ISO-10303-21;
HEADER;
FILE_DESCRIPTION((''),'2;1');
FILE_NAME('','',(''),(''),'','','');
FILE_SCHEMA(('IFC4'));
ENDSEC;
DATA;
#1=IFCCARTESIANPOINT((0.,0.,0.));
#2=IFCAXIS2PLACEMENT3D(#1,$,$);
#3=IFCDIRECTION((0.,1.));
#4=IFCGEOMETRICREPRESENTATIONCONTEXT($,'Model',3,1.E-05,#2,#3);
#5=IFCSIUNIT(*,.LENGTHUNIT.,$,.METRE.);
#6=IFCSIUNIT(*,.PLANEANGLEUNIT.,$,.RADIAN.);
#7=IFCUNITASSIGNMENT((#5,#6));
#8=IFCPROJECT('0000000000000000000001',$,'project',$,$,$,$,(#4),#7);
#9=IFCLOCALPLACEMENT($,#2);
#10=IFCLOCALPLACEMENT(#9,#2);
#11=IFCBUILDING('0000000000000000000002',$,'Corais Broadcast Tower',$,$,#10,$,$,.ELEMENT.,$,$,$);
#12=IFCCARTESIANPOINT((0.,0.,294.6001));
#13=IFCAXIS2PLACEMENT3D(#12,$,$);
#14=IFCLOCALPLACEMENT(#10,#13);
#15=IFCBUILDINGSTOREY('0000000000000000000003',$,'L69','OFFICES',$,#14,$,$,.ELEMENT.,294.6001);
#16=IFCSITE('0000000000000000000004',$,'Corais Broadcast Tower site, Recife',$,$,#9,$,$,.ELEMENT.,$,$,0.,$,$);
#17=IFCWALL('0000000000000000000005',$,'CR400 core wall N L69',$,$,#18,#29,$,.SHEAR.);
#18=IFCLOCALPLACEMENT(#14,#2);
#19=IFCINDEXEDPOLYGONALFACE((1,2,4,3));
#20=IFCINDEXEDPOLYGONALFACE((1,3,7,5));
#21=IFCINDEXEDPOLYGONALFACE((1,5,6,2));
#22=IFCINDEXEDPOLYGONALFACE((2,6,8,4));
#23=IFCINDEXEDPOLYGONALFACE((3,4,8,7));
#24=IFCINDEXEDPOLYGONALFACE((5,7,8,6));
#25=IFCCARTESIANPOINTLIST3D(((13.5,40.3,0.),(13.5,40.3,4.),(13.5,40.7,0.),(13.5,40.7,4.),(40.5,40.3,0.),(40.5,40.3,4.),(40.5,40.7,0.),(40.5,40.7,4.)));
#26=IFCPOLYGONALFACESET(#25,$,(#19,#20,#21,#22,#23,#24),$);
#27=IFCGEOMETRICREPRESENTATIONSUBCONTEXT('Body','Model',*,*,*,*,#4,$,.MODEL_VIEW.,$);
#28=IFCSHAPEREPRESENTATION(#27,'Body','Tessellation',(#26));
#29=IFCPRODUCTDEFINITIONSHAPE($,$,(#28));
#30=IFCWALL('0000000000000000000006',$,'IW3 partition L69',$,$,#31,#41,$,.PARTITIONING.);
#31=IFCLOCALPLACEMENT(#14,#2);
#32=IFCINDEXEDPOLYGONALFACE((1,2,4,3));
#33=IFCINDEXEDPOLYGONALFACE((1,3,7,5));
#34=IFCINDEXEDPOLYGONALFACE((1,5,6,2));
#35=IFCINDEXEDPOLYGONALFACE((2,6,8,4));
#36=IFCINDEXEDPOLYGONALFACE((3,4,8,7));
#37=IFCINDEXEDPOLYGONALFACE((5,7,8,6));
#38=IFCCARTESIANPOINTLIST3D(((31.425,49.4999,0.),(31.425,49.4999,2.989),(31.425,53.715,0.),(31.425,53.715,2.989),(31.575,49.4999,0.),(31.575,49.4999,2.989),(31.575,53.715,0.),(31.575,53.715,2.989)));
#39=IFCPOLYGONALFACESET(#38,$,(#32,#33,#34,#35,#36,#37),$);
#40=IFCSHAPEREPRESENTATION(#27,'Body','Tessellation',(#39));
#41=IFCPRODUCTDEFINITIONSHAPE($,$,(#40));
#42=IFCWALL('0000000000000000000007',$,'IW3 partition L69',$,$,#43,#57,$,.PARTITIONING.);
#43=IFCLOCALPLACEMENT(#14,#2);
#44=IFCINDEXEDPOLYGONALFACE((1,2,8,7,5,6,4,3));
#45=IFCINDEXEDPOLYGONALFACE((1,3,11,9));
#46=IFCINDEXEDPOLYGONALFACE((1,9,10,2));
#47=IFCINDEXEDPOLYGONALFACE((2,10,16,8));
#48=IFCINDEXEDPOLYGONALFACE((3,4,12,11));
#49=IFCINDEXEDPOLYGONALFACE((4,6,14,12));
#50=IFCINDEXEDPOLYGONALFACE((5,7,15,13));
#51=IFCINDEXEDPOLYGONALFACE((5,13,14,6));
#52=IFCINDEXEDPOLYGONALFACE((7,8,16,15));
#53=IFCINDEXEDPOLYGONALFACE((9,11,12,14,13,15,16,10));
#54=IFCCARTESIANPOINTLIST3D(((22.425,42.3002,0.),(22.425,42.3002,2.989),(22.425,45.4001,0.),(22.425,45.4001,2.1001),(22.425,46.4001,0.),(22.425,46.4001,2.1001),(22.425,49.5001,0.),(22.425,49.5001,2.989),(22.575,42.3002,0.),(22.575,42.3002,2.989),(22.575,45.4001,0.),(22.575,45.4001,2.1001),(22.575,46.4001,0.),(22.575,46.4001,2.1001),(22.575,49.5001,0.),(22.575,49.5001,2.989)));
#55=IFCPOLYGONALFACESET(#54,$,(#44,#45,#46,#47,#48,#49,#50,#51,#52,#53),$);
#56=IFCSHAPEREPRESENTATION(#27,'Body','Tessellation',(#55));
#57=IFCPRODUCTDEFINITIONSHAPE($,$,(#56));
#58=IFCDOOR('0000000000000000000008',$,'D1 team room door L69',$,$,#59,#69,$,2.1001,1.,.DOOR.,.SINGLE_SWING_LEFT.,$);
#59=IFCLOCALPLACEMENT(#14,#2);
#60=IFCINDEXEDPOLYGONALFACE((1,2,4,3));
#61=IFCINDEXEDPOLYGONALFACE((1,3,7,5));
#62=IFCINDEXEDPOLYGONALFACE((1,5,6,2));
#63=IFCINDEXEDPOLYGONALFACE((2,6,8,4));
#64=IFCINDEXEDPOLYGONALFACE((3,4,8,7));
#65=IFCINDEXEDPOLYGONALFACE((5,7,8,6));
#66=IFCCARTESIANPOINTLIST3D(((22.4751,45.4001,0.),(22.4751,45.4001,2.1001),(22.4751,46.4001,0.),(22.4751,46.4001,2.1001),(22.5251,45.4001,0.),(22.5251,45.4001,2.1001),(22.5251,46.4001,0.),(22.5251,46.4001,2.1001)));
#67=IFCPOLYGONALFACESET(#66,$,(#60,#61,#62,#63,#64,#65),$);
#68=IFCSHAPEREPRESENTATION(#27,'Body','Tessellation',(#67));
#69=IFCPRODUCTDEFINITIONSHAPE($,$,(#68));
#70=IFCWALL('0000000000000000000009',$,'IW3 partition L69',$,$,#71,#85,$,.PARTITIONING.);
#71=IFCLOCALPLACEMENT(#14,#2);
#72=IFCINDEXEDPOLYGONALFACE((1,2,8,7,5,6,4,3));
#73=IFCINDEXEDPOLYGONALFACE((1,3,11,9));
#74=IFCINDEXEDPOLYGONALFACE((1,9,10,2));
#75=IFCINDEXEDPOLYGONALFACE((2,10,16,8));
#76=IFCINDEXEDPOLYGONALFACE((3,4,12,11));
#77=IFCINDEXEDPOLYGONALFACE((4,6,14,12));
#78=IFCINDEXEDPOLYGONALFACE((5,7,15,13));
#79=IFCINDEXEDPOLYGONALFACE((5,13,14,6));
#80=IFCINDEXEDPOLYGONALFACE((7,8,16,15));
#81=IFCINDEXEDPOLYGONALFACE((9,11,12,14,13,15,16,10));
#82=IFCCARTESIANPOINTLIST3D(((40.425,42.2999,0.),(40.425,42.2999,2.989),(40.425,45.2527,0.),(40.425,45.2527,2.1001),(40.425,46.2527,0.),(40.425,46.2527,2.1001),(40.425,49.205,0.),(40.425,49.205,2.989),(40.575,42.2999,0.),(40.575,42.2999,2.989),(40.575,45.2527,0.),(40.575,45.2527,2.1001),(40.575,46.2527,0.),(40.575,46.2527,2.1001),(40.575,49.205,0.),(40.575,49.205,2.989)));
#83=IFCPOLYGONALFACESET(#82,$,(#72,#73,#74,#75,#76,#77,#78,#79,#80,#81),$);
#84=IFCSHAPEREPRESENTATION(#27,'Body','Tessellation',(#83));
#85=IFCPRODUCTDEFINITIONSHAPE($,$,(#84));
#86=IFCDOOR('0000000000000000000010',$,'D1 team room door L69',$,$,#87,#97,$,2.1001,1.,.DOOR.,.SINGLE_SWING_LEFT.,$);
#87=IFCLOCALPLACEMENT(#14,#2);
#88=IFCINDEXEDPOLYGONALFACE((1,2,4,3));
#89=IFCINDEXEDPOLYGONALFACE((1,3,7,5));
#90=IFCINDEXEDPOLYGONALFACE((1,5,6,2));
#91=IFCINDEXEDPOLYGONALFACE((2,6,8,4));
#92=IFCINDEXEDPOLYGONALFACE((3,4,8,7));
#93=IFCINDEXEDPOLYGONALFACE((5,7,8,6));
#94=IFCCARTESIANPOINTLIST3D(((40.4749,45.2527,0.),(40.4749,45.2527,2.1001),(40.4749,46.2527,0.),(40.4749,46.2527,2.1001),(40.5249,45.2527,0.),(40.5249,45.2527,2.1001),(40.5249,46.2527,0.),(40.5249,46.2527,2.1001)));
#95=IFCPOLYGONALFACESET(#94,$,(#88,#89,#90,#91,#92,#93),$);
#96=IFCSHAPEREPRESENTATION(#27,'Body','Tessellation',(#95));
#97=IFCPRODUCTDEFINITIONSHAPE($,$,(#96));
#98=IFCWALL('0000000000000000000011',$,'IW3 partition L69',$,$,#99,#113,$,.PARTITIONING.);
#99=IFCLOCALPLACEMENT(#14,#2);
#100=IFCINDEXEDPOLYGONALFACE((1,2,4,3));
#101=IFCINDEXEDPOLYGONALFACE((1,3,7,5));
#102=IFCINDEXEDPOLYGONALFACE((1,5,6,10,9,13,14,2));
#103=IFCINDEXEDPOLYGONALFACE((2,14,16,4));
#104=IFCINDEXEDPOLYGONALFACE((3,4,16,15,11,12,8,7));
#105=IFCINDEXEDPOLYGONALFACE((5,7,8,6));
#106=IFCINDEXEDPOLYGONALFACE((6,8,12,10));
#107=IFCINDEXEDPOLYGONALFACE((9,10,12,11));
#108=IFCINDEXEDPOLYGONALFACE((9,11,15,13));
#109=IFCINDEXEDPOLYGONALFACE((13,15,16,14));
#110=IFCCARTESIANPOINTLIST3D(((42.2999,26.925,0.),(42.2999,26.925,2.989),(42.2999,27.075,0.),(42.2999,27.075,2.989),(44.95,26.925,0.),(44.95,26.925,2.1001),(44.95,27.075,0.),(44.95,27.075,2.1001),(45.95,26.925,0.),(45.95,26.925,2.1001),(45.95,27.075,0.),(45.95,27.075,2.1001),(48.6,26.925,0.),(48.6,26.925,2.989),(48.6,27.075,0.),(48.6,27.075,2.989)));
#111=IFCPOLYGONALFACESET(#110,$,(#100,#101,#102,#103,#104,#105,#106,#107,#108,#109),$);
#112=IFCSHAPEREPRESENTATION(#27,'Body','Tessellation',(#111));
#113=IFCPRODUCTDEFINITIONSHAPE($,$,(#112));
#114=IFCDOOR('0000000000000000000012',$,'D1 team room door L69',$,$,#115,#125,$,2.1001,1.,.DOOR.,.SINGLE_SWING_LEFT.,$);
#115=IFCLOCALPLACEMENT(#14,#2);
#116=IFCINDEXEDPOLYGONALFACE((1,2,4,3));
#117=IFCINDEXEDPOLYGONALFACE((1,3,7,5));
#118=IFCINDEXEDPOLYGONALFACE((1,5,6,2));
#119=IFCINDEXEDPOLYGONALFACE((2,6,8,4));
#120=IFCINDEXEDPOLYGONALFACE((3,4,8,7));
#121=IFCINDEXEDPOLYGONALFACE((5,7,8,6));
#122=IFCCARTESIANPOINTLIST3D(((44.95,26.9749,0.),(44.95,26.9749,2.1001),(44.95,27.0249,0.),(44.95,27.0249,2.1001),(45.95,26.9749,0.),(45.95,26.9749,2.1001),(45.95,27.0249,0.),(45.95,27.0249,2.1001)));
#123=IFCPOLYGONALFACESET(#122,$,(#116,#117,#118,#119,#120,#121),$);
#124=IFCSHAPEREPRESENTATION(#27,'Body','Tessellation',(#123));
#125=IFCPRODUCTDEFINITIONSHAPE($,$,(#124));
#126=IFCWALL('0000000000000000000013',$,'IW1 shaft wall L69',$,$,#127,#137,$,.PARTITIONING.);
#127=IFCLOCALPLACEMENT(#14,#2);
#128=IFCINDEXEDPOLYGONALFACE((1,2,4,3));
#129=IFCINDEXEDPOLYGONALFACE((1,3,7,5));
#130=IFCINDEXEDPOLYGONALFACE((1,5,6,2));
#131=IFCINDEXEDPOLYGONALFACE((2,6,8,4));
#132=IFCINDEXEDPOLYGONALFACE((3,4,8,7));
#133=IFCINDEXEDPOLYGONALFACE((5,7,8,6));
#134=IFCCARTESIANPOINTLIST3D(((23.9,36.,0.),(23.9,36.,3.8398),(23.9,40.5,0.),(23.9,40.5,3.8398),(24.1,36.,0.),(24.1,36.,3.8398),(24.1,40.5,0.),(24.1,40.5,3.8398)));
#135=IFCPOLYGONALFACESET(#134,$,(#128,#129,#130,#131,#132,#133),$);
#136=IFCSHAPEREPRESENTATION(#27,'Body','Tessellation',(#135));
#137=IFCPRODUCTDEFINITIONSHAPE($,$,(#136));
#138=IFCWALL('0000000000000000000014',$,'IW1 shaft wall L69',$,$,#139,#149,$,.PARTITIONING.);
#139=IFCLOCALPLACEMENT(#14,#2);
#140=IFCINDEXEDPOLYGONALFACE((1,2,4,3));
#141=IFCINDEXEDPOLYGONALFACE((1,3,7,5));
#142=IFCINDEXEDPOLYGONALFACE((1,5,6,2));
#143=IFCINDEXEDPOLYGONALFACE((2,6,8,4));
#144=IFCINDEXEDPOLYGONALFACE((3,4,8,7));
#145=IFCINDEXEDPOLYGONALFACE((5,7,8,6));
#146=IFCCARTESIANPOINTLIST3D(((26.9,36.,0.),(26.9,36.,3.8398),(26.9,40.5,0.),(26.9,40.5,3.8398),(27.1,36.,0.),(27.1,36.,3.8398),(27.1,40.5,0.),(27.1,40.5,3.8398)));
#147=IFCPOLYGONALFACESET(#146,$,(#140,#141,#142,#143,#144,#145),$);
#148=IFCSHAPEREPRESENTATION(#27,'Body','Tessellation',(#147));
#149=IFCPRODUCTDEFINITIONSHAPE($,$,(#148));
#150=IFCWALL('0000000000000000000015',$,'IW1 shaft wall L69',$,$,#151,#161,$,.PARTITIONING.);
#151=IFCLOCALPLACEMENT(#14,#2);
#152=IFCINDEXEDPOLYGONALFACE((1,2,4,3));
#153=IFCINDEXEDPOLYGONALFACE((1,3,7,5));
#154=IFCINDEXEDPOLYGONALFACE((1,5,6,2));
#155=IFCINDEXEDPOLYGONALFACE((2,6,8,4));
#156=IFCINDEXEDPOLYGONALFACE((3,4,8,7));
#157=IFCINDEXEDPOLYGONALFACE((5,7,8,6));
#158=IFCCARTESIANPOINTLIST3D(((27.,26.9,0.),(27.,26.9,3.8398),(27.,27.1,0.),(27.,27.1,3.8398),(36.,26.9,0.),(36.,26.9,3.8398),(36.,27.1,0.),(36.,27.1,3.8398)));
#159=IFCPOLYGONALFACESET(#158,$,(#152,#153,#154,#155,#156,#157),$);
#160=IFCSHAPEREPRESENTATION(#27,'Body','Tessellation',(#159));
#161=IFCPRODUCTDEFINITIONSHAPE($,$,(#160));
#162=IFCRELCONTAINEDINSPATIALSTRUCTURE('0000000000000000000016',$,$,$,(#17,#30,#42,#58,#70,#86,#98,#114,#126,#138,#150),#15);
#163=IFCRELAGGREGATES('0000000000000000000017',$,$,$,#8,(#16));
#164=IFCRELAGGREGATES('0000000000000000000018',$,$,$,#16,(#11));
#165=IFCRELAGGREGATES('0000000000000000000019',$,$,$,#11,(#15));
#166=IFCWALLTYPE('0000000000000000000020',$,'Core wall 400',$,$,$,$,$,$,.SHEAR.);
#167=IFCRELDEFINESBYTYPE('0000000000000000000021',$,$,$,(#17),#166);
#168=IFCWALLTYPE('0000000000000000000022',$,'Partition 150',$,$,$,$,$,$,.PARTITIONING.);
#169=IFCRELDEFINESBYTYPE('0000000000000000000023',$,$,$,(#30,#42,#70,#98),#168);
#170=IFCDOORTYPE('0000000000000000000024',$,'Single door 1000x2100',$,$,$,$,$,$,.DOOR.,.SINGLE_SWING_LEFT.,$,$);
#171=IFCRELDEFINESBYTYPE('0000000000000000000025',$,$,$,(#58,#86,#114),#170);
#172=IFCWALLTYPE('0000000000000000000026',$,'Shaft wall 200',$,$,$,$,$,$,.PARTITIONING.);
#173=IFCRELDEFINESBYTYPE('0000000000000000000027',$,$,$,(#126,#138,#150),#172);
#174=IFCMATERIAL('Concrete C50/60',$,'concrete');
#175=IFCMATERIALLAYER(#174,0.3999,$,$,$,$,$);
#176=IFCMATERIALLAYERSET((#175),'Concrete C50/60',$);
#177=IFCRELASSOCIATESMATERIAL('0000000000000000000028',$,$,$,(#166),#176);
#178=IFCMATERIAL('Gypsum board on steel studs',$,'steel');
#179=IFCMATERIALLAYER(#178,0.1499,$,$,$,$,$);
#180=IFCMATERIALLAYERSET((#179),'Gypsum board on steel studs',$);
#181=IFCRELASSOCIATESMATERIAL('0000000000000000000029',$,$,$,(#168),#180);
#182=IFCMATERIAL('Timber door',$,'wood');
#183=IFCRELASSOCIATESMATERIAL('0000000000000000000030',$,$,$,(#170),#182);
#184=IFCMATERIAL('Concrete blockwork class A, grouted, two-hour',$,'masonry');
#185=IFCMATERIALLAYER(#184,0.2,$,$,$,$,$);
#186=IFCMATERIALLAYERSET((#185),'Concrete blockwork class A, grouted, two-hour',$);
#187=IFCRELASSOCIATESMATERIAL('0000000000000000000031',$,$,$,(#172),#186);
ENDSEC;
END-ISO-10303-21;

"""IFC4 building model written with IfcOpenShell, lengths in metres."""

from ifc_helpers import new_model, si_unit, direction, frame, frame_2d, origin, place, context, subcontext, project, spatial, rectangle, extrude, material, layer, layer_set, type_object, element, fill, save


model = new_model("IFC4")

# Units and contexts
model_context = context("Model", 3, precision=1e-05, world=origin(), true_north=direction((0.0, 1.0)))
body_context = subcontext(model_context, "Body", "Model", "MODEL_VIEW")
ifc_project = project(units=[si_unit("LENGTHUNIT", "METRE"), si_unit("PLANEANGLEUNIT", "RADIAN")], contexts=[model_context])

# Site, building, storey
site_placement = place(None, origin())
site = spatial("IfcSite", under=ifc_project, at=site_placement, Name="Corais Broadcast Tower site, Recife", CompositionType="ELEMENT", RefElevation=0.0)
building_placement = place(site_placement, origin())
building = spatial("IfcBuilding", under=site, at=building_placement, Name="Corais Broadcast Tower", CompositionType="ELEMENT")
storey_placement = place(building_placement, frame((0.0, 0.0, 294.6001)))
storey = spatial("IfcBuildingStorey", under=building, at=storey_placement, Name="L69", Description="OFFICES", CompositionType="ELEMENT", Elevation=294.6001)

# Walls
ifc_material_1 = material(Name="Concrete C50/60", Category="concrete")
ifc_layer_1 = layer(ifc_material_1, 0.3999)
ifc_layer_set_1 = layer_set([ifc_layer_1], Name="Concrete C50/60")
wall_type_1 = type_object("IfcWallType", Name="Core wall 400", PredefinedType="SHEAR", material=ifc_layer_set_1)
wall_1_placement = place(storey_placement, frame((40.5, 40.5, 0.0), z_axis=(0.0, 0.0, 1.0), x_axis=(-1.0, 0.0, 0.0)))
element("IfcWall", 1, at=wall_1_placement, inside=storey, type_object=wall_type_1, Name="CR400 core wall N L69", PredefinedType="SHEAR", context=body_context, shape_type="SweptSolid", body=[
    extrude(rectangle(XDim=27.0, YDim=0.3999, at=frame_2d((13.5, 0.0))), origin(), (0.0, 0.0, 1.0), 4.0),
])
ifc_material_2 = material(Name="Gypsum board on steel studs", Category="steel")
ifc_layer_2 = layer(ifc_material_2, 0.1499)
ifc_layer_set_2 = layer_set([ifc_layer_2], Name="Gypsum board on steel studs")
wall_type_2 = type_object("IfcWallType", Name="Partition 150", PredefinedType="PARTITIONING", material=ifc_layer_set_2)
wall_2_placement = place(storey_placement, frame((31.5, 49.5, 0.0), z_axis=(0.0, 0.0, 1.0), x_axis=(0.0, 1.0, 0.0)))
element("IfcWall", 2, at=wall_2_placement, inside=storey, type_object=wall_type_2, Name="IW3 partition L69", PredefinedType="PARTITIONING", context=body_context, shape_type="SweptSolid", body=[
    extrude(rectangle(XDim=4.2151, YDim=0.1499, at=frame_2d((2.1074, 0.0))), origin(), (0.0, 0.0, 1.0), 2.989),
])

# Walls, openings, doors
wall_3_placement = place(storey_placement, frame((22.5, 42.3, 0.0), z_axis=(0.0, 0.0, 1.0), x_axis=(0.0, 1.0, 0.0)))
wall_3 = element("IfcWall", 3, at=wall_3_placement, inside=storey, type_object=wall_type_2, Name="IW3 partition L69", PredefinedType="PARTITIONING", context=body_context, shape_type="SweptSolid", body=[
    extrude(rectangle(XDim=7.2, YDim=0.1499, at=frame_2d((3.6001, 0.0))), origin(), (0.0, 0.0, 1.0), 2.989),
])
opening_1_placement = place(wall_3_placement, frame((3.1001, 0.0, 0.0)))
opening_1 = element("IfcOpeningElement", 4, at=opening_1_placement, cuts=wall_3, PredefinedType="OPENING", context=body_context, shape_type="SweptSolid", body=[
    extrude(rectangle(XDim=1.0, YDim=2.1001, at=frame_2d((0.5, 1.05))), frame((0.0, 0.085, 0.0), z_axis=(0.0, -1.0, 0.0), x_axis=(1.0, 0.0, 0.0)), (0.0, 0.0, 1.0), 0.1699),
])
ifc_material_3 = material(Name="Timber door", Category="wood")
door_type = type_object("IfcDoorType", Name="Single door 1000x2100", OperationType="SINGLE_SWING_LEFT", PredefinedType="DOOR", material=ifc_material_3)
door_1_placement = place(opening_1_placement, origin())
door_1 = element("IfcDoor", 5, at=door_1_placement, inside=storey, type_object=door_type, Name="D1 team room door L69", OperationType="SINGLE_SWING_LEFT", OverallHeight=2.1001, OverallWidth=1.0, PredefinedType="DOOR", context=body_context, shape_type="SweptSolid", body=[
    extrude(rectangle(XDim=1.0, YDim=2.1001, at=frame_2d((0.5, 1.05))), frame((0.0, 0.0249, 0.0), z_axis=(0.0, -1.0, 0.0), x_axis=(1.0, 0.0, 0.0)), (0.0, 0.0, 1.0), 0.05),
])
fill(opening_1, door_1)
wall_4_placement = place(storey_placement, frame((40.5, 49.2051, 0.0), z_axis=(0.0, 0.0, 1.0), x_axis=(0.0, -1.0, 0.0)))
wall_4 = element("IfcWall", 6, at=wall_4_placement, inside=storey, type_object=wall_type_2, Name="IW3 partition L69", PredefinedType="PARTITIONING", context=body_context, shape_type="SweptSolid", body=[
    extrude(rectangle(XDim=6.905, YDim=0.1499, at=frame_2d((3.4526, 0.0))), origin(), (0.0, 0.0, 1.0), 2.989),
])
opening_2_placement = place(wall_4_placement, frame((2.9524, 0.0, 0.0)))
opening_2 = element("IfcOpeningElement", 7, at=opening_2_placement, cuts=wall_4, PredefinedType="OPENING", context=body_context, shape_type="SweptSolid", body=[
    extrude(rectangle(XDim=1.0, YDim=2.1001, at=frame_2d((0.5, 1.05))), frame((0.0, 0.085, 0.0), z_axis=(0.0, -1.0, 0.0), x_axis=(1.0, 0.0, 0.0)), (0.0, 0.0, 1.0), 0.1699),
])
door_2_placement = place(opening_2_placement, origin())
door_2 = element("IfcDoor", 8, at=door_2_placement, inside=storey, type_object=door_type, Name="D1 team room door L69", OperationType="SINGLE_SWING_LEFT", OverallHeight=2.1001, OverallWidth=1.0, PredefinedType="DOOR", context=body_context, shape_type="SweptSolid", body=[
    extrude(rectangle(XDim=1.0, YDim=2.1001, at=frame_2d((0.5, 1.05))), frame((0.0, 0.0249, 0.0), z_axis=(0.0, -1.0, 0.0), x_axis=(1.0, 0.0, 0.0)), (0.0, 0.0, 1.0), 0.05),
])
fill(opening_2, door_2)
wall_5_placement = place(storey_placement, frame((42.3, 27.0, 0.0), z_axis=(0.0, 0.0, 1.0), x_axis=(1.0, 0.0, 0.0)))
wall_5 = element("IfcWall", 9, at=wall_5_placement, inside=storey, type_object=wall_type_2, Name="IW3 partition L69", PredefinedType="PARTITIONING", context=body_context, shape_type="SweptSolid", body=[
    extrude(rectangle(XDim=6.3, YDim=0.1499, at=frame_2d((3.1499, 0.0))), origin(), (0.0, 0.0, 1.0), 2.989),
])
opening_3_placement = place(wall_5_placement, frame((2.6499, 0.0, 0.0)))
opening_3 = element("IfcOpeningElement", 10, at=opening_3_placement, cuts=wall_5, PredefinedType="OPENING", context=body_context, shape_type="SweptSolid", body=[
    extrude(rectangle(XDim=1.0, YDim=2.1001, at=frame_2d((0.5, 1.05))), frame((0.0, 0.085, 0.0), z_axis=(0.0, -1.0, 0.0), x_axis=(1.0, 0.0, 0.0)), (0.0, 0.0, 1.0), 0.1699),
])
door_3_placement = place(opening_3_placement, origin())
door_3 = element("IfcDoor", 11, at=door_3_placement, inside=storey, type_object=door_type, Name="D1 team room door L69", OperationType="SINGLE_SWING_LEFT", OverallHeight=2.1001, OverallWidth=1.0, PredefinedType="DOOR", context=body_context, shape_type="SweptSolid", body=[
    extrude(rectangle(XDim=1.0, YDim=2.1001, at=frame_2d((0.5, 1.05))), frame((0.0, 0.0249, 0.0), z_axis=(0.0, -1.0, 0.0), x_axis=(1.0, 0.0, 0.0)), (0.0, 0.0, 1.0), 0.05),
])
fill(opening_3, door_3)

# Walls
ifc_material_4 = material(Name="Concrete blockwork class A, grouted, two-hour", Category="masonry")
ifc_layer_3 = layer(ifc_material_4, 0.2)
ifc_layer_set_3 = layer_set([ifc_layer_3], Name="Concrete blockwork class A, grouted, two-hour")
wall_type_3 = type_object("IfcWallType", Name="Shaft wall 200", PredefinedType="PARTITIONING", material=ifc_layer_set_3)
for number, where, z_axis, x_axis, name in (
    (12, (24.0, 36.0, 0.0), (0.0, 0.0, 1.0), (0.0, 1.0, 0.0), "IW1 shaft wall L69"),
    (13, (27.0, 36.0, 0.0), (0.0, 0.0, 1.0), (0.0, 1.0, 0.0), "IW1 shaft wall L69"),
):
    element("IfcWall", number, at=place(storey_placement, frame(where, z_axis=z_axis, x_axis=x_axis)), inside=storey, type_object=wall_type_3, Name=name, PredefinedType="PARTITIONING", context=body_context, shape_type="SweptSolid", body=[
        extrude(rectangle(XDim=4.5, YDim=0.2, at=frame_2d((2.25, 0.0))), origin(), (0.0, 0.0, 1.0), 3.8398),
    ])
wall_6_placement = place(storey_placement, frame((27.0, 27.0, 0.0), z_axis=(0.0, 0.0, 1.0), x_axis=(1.0, 0.0, 0.0)))
element("IfcWall", 14, at=wall_6_placement, inside=storey, type_object=wall_type_3, Name="IW1 shaft wall L69", PredefinedType="PARTITIONING", context=body_context, shape_type="SweptSolid", body=[
    extrude(rectangle(XDim=9.0, YDim=0.2, at=frame_2d((4.5, 0.0))), origin(), (0.0, 0.0, 1.0), 3.8398),
])

save(model, "model.ifc")
